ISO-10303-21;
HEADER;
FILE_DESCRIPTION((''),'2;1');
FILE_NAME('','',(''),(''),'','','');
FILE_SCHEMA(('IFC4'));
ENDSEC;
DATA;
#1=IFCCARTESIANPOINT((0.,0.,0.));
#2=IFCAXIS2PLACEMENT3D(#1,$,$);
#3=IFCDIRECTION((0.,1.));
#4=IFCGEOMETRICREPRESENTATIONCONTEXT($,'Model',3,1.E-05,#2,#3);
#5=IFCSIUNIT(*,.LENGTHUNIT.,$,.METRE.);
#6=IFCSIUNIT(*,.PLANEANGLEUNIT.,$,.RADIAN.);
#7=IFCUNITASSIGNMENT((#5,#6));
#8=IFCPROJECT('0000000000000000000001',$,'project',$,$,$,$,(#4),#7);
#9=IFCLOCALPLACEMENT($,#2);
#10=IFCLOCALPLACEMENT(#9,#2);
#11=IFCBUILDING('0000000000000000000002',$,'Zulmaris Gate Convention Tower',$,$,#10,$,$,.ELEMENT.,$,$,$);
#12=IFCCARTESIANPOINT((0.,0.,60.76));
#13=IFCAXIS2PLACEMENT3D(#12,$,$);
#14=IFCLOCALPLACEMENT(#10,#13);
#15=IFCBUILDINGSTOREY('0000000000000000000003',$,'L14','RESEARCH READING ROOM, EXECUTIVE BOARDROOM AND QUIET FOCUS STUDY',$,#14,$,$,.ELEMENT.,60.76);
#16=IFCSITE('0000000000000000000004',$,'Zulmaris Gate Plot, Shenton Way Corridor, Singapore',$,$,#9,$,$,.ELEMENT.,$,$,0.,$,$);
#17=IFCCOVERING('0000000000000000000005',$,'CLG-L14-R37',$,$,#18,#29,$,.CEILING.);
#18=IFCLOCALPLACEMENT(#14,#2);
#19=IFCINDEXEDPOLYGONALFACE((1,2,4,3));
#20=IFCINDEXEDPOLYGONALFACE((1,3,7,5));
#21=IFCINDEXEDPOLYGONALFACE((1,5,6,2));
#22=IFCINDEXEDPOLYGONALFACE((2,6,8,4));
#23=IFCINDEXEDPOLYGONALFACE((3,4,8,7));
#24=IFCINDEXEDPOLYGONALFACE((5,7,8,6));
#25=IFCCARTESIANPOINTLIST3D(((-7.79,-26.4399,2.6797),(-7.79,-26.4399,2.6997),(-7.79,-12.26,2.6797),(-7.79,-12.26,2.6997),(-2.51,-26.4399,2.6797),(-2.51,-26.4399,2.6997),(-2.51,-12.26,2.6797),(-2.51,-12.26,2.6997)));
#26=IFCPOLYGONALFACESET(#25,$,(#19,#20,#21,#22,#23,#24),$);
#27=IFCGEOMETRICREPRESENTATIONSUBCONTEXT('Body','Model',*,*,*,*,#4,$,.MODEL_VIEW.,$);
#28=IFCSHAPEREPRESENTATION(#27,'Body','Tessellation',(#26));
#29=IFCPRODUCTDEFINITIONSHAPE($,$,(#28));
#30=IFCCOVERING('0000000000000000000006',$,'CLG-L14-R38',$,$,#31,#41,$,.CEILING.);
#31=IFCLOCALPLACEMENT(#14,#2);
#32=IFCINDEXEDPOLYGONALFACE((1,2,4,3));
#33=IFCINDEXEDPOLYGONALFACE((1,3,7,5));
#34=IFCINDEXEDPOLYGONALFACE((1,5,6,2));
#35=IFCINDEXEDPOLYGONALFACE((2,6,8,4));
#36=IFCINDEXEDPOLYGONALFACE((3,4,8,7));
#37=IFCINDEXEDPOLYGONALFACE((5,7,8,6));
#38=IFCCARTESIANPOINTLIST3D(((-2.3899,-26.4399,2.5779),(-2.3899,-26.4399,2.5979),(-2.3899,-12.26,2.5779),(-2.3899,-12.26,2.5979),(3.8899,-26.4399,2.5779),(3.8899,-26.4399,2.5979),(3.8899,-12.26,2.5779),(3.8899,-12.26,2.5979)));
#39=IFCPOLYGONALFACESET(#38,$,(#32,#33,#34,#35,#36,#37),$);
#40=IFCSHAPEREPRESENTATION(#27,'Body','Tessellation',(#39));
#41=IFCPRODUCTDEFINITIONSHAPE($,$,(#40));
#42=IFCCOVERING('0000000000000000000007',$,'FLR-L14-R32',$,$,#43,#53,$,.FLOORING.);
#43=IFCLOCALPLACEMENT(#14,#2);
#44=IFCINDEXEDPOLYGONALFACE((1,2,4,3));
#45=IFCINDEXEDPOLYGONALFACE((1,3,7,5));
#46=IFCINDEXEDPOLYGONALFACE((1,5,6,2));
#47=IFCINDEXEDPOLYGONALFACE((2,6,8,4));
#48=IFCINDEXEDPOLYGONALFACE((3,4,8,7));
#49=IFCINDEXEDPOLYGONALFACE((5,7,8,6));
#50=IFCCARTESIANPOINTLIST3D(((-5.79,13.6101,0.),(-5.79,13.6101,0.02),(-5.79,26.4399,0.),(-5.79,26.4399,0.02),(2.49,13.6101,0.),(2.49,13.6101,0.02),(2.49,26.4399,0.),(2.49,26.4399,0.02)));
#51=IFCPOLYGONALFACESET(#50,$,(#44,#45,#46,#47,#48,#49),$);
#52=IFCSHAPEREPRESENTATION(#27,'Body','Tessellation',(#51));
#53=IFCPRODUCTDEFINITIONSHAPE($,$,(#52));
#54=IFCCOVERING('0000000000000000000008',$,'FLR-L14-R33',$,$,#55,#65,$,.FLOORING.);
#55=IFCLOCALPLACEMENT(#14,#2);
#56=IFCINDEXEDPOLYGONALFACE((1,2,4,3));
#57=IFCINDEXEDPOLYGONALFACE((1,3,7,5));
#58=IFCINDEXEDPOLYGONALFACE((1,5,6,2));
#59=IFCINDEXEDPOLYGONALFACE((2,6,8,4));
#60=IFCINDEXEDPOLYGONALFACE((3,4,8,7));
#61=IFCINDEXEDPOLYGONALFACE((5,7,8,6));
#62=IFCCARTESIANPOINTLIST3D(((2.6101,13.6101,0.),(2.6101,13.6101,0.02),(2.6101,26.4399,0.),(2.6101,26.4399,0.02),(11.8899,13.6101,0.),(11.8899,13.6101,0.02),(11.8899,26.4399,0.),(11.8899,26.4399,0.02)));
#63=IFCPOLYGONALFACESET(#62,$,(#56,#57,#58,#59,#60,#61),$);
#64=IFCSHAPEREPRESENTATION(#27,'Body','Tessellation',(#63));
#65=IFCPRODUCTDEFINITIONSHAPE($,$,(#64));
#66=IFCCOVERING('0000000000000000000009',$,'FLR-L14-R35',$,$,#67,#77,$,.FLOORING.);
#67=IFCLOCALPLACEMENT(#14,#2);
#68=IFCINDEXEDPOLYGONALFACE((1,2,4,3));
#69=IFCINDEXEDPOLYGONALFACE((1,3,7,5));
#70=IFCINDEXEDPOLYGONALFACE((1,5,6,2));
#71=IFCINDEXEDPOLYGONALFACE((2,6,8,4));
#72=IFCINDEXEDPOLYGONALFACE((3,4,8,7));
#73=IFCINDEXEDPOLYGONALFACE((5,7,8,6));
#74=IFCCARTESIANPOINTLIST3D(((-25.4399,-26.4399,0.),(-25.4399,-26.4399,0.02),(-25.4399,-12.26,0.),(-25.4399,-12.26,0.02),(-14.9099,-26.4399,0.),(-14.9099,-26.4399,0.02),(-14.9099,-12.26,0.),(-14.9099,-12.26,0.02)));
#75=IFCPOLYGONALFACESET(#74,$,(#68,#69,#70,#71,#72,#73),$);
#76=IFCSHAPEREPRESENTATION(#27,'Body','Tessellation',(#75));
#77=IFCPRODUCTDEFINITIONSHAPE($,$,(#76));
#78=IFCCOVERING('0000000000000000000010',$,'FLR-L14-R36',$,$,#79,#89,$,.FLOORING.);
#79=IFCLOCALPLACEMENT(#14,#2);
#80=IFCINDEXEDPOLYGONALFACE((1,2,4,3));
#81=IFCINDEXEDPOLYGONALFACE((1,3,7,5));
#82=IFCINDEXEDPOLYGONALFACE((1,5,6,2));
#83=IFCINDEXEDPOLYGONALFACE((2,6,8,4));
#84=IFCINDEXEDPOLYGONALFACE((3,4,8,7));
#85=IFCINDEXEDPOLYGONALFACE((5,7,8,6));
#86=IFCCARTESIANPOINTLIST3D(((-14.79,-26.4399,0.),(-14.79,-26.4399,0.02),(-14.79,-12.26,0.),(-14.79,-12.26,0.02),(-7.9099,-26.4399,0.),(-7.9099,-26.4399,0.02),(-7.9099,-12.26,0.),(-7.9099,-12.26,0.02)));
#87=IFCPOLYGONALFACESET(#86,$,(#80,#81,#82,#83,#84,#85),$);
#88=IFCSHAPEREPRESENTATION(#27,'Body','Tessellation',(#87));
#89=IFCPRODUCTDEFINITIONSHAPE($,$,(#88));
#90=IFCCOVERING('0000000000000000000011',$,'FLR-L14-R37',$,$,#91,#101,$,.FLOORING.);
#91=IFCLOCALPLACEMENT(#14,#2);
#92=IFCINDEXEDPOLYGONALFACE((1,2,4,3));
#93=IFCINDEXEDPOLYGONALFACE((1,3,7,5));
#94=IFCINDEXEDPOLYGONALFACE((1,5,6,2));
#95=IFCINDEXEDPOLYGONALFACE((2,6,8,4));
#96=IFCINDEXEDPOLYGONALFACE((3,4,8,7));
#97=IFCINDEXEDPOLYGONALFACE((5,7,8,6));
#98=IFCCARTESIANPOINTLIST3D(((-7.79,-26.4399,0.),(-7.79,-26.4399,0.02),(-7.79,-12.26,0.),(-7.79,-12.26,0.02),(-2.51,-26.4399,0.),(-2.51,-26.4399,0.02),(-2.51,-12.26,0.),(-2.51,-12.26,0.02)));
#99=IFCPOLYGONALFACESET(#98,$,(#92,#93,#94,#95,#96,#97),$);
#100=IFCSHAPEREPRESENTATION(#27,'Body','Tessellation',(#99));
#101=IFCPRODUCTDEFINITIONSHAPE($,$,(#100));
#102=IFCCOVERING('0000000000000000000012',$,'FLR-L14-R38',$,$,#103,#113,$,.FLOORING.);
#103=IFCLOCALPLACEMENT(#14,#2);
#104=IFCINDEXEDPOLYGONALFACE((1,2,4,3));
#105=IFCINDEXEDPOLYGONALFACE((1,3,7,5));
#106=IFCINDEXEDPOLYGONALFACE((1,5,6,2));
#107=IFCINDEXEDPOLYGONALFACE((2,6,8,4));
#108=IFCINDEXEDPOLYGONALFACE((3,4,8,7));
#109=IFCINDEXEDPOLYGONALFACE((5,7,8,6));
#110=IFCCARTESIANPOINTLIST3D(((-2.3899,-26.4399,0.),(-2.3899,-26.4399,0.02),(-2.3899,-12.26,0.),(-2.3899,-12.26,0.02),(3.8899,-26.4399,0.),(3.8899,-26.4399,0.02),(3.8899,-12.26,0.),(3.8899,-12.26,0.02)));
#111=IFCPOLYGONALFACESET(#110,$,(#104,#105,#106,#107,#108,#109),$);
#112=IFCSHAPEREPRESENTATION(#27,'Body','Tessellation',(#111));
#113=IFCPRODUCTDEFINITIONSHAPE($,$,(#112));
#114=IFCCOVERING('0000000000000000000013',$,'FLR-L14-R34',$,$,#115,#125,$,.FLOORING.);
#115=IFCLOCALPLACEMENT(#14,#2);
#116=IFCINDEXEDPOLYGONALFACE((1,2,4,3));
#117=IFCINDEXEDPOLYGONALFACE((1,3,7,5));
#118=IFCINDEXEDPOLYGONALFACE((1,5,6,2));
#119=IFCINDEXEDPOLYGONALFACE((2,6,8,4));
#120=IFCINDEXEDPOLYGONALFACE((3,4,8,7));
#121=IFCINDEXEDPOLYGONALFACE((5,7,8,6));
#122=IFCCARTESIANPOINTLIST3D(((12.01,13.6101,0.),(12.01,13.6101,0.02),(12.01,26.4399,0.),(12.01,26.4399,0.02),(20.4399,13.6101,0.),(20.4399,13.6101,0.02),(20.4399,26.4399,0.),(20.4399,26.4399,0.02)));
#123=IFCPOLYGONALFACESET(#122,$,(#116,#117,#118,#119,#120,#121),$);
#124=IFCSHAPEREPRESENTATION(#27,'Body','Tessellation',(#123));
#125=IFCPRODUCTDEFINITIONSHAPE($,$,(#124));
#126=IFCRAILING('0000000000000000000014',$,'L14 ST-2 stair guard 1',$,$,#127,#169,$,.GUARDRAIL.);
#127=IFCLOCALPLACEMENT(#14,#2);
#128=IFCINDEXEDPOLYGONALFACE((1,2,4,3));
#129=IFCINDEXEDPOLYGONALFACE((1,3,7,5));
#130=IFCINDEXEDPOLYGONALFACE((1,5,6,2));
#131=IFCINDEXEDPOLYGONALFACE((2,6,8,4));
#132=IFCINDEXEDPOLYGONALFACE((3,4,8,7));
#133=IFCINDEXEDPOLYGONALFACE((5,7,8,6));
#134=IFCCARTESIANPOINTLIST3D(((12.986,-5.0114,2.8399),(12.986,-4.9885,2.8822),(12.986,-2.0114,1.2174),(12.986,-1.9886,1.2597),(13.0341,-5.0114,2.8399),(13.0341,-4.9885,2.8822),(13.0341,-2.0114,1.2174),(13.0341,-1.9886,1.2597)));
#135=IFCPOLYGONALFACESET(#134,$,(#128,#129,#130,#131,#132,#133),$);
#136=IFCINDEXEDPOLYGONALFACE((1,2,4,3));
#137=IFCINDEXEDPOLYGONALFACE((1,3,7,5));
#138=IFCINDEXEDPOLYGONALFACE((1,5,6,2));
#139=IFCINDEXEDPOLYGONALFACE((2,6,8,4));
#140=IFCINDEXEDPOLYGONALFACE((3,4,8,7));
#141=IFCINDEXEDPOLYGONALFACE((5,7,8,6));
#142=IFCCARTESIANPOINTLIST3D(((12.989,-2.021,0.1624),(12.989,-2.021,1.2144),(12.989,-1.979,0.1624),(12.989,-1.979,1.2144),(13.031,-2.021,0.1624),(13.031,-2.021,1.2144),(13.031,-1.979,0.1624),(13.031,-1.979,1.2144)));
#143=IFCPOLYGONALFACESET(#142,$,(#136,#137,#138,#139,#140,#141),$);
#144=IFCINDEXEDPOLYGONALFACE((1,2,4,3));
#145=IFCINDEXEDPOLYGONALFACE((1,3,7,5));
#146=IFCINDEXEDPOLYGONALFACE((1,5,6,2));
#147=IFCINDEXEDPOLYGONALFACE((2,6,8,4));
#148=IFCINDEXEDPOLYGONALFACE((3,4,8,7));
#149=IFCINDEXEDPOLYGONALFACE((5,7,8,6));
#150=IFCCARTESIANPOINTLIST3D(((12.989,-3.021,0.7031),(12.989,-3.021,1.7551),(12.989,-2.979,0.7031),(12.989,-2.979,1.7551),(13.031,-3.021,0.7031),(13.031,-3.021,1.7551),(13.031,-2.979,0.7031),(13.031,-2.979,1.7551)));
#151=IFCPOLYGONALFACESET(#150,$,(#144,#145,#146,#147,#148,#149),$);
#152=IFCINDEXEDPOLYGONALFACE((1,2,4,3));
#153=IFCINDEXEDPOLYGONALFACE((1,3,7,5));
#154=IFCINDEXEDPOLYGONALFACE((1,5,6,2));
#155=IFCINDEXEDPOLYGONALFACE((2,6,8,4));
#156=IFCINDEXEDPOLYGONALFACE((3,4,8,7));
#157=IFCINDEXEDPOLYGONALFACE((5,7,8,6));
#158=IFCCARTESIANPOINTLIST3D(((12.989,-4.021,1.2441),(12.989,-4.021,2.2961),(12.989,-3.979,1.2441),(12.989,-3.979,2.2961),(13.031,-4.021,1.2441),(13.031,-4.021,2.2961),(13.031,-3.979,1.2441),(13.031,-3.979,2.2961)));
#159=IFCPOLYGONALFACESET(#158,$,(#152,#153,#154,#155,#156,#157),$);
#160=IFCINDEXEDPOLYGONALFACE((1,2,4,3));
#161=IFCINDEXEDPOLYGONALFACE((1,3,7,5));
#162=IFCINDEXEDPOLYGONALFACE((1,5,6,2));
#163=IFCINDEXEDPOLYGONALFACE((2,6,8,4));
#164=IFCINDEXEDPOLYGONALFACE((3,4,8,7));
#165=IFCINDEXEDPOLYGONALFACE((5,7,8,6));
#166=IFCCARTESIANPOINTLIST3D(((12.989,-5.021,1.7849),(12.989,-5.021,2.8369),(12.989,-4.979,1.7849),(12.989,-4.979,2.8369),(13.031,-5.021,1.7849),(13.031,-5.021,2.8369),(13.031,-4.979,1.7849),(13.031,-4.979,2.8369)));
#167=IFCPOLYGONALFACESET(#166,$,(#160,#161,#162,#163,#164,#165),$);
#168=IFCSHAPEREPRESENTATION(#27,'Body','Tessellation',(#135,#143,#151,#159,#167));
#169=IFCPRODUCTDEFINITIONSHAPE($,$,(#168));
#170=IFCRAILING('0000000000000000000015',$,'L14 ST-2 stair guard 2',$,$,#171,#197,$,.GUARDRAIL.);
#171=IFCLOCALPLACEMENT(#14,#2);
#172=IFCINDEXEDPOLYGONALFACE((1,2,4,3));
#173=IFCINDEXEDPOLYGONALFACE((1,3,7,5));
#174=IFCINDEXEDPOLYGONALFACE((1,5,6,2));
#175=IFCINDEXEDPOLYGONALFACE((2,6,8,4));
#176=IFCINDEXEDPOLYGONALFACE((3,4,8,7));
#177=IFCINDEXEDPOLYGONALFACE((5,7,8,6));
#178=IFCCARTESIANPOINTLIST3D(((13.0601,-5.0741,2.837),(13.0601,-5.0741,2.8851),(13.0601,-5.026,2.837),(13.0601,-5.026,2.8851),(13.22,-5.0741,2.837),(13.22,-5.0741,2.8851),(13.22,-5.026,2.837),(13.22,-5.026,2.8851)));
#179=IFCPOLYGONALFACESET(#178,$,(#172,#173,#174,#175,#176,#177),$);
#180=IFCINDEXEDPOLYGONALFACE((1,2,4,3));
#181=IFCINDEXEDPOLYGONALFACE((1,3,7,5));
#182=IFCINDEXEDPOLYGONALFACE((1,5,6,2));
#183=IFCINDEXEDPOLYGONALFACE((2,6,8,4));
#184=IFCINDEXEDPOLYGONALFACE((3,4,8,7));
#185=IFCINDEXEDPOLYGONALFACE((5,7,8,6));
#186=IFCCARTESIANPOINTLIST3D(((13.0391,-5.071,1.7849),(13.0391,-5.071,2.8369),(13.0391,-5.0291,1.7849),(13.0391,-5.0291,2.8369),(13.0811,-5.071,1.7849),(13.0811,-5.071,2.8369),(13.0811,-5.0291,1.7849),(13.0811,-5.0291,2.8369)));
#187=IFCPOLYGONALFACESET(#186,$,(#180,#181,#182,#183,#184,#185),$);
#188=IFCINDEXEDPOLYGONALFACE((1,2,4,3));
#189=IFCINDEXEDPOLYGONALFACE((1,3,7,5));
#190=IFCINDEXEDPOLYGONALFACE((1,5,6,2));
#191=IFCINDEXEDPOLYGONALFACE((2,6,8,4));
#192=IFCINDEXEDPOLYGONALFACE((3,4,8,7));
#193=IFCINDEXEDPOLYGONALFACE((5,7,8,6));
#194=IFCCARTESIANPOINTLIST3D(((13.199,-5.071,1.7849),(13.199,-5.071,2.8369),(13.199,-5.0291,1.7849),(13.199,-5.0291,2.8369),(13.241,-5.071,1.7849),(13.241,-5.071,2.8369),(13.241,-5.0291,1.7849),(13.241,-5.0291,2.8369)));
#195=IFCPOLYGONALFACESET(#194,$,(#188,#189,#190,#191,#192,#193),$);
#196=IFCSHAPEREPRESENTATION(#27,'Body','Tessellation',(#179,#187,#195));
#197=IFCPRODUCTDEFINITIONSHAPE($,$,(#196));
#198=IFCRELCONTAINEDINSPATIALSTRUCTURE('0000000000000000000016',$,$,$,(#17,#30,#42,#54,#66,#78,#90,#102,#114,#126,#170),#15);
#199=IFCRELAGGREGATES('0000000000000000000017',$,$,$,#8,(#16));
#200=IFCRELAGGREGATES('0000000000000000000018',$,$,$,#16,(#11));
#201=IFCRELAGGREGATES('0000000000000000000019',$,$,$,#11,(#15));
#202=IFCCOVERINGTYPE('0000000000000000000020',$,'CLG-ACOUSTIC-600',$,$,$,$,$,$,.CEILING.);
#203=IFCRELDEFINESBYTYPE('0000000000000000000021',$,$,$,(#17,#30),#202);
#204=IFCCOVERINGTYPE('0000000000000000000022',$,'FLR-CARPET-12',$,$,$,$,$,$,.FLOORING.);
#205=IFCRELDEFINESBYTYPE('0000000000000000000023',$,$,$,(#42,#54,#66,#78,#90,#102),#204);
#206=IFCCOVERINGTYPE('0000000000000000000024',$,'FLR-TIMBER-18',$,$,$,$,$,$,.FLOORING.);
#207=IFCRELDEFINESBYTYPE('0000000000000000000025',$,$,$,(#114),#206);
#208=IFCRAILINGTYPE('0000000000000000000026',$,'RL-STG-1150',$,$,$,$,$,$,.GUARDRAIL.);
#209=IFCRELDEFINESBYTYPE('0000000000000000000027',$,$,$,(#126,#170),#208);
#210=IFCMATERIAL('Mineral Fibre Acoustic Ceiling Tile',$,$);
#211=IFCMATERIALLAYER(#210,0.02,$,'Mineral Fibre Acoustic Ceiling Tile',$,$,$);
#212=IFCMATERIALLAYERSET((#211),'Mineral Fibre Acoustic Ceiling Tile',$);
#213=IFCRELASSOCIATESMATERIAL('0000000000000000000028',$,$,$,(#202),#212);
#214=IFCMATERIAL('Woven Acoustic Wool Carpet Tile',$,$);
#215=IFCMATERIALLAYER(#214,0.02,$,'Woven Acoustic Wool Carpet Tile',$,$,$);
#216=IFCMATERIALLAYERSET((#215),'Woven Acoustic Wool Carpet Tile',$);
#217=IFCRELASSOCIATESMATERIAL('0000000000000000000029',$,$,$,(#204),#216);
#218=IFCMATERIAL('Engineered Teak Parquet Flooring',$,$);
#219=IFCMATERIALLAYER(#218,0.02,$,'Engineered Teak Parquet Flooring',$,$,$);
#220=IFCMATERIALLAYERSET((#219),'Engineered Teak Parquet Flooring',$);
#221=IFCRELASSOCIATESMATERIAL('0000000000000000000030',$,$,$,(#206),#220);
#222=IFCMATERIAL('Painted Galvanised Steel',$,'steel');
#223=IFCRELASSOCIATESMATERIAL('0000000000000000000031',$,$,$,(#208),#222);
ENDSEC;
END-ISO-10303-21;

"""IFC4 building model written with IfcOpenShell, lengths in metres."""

from ifc_helpers import new_model, si_unit, direction, frame, origin, origin_2d, place, context, subcontext, project, spatial, polyline, rectangle, outline, extrude, material, layer, layer_set, type_object, element, save


model = new_model("IFC4")

# Units and contexts
model_context = context("Model", 3, precision=1e-05, world=origin(), true_north=direction((0.0, 1.0)))
body_context = subcontext(model_context, "Body", "Model", "MODEL_VIEW")
ifc_project = project(units=[si_unit("LENGTHUNIT", "METRE"), si_unit("PLANEANGLEUNIT", "RADIAN")], contexts=[model_context])

# Site, building, storey
site_placement = place(None, origin())
site = spatial("IfcSite", under=ifc_project, at=site_placement, Name="Zulmaris Gate Plot, Shenton Way Corridor, Singapore", CompositionType="ELEMENT", RefElevation=0.0)
building_placement = place(site_placement, origin())
building = spatial("IfcBuilding", under=site, at=building_placement, Name="Zulmaris Gate Convention Tower", CompositionType="ELEMENT")
storey_placement = place(building_placement, frame((0.0, 0.0, 60.76)))
storey = spatial("IfcBuildingStorey", under=building, at=storey_placement, Name="L14", Description="RESEARCH READING ROOM, EXECUTIVE BOARDROOM AND QUIET FOCUS STUDY", CompositionType="ELEMENT", Elevation=60.76)

# Coverings
ifc_material_1 = material(Name="Mineral Fibre Acoustic Ceiling Tile")
ifc_layer_1 = layer(ifc_material_1, 0.02, Name="Mineral Fibre Acoustic Ceiling Tile")
ifc_layer_set_1 = layer_set([ifc_layer_1], Name="Mineral Fibre Acoustic Ceiling Tile")
covering_type_1 = type_object("IfcCoveringType", Name="CLG-ACOUSTIC-600", PredefinedType="CEILING", material=ifc_layer_set_1)
covering_1_placement = place(storey_placement, frame((0.0, 0.0, 2.6797)))
element("IfcCovering", 1, at=covering_1_placement, inside=storey, type_object=covering_type_1, Name="CLG-L14-R37", PredefinedType="CEILING", context=body_context, shape_type="SweptSolid", body=[
    extrude(outline(polyline([(-7.79, -26.4399), (-2.51, -26.4399), (-2.51, -12.26), (-7.79, -12.26), (-7.79, -26.4399)])), origin(), (0.0, 0.0, 1.0), 0.02),
])
covering_2_placement = place(storey_placement, frame((0.0, 0.0, 2.5779)))
element("IfcCovering", 2, at=covering_2_placement, inside=storey, type_object=covering_type_1, Name="CLG-L14-R38", PredefinedType="CEILING", context=body_context, shape_type="SweptSolid", body=[
    extrude(outline(polyline([(-2.3899, -26.4399), (3.8899, -26.4399), (3.8899, -12.26), (-2.3899, -12.26), (-2.3899, -26.4399)])), origin(), (0.0, 0.0, 1.0), 0.02),
])
ifc_material_2 = material(Name="Woven Acoustic Wool Carpet Tile")
ifc_layer_2 = layer(ifc_material_2, 0.02, Name="Woven Acoustic Wool Carpet Tile")
ifc_layer_set_2 = layer_set([ifc_layer_2], Name="Woven Acoustic Wool Carpet Tile")
covering_type_2 = type_object("IfcCoveringType", Name="FLR-CARPET-12", PredefinedType="FLOORING", material=ifc_layer_set_2)
covering_3_placement = place(storey_placement, origin())
element("IfcCovering", 3, at=covering_3_placement, inside=storey, type_object=covering_type_2, Name="FLR-L14-R32", PredefinedType="FLOORING", context=body_context, shape_type="SweptSolid", body=[
    extrude(outline(polyline([(-5.79, 13.6101), (2.49, 13.6101), (2.49, 26.4399), (-5.79, 26.4399), (-5.79, 13.6101)])), origin(), (0.0, 0.0, 1.0), 0.02),
])
covering_4_placement = place(storey_placement, origin())
element("IfcCovering", 4, at=covering_4_placement, inside=storey, type_object=covering_type_2, Name="FLR-L14-R33", PredefinedType="FLOORING", context=body_context, shape_type="SweptSolid", body=[
    extrude(outline(polyline([(2.6101, 13.6101), (11.8899, 13.6101), (11.8899, 26.4399), (2.6101, 26.4399), (2.6101, 13.6101)])), origin(), (0.0, 0.0, 1.0), 0.02),
])
covering_5_placement = place(storey_placement, origin())
element("IfcCovering", 5, at=covering_5_placement, inside=storey, type_object=covering_type_2, Name="FLR-L14-R35", PredefinedType="FLOORING", context=body_context, shape_type="SweptSolid", body=[
    extrude(outline(polyline([(-25.4399, -26.4399), (-14.9099, -26.4399), (-14.9099, -12.26), (-25.4399, -12.26), (-25.4399, -26.4399)])), origin(), (0.0, 0.0, 1.0), 0.02),
])
covering_6_placement = place(storey_placement, origin())
element("IfcCovering", 6, at=covering_6_placement, inside=storey, type_object=covering_type_2, Name="FLR-L14-R36", PredefinedType="FLOORING", context=body_context, shape_type="SweptSolid", body=[
    extrude(outline(polyline([(-14.79, -26.4399), (-7.9099, -26.4399), (-7.9099, -12.26), (-14.79, -12.26), (-14.79, -26.4399)])), origin(), (0.0, 0.0, 1.0), 0.02),
])
covering_7_placement = place(storey_placement, origin())
element("IfcCovering", 7, at=covering_7_placement, inside=storey, type_object=covering_type_2, Name="FLR-L14-R37", PredefinedType="FLOORING", context=body_context, shape_type="SweptSolid", body=[
    extrude(outline(polyline([(-7.79, -26.4399), (-2.51, -26.4399), (-2.51, -12.26), (-7.79, -12.26), (-7.79, -26.4399)])), origin(), (0.0, 0.0, 1.0), 0.02),
])
covering_8_placement = place(storey_placement, origin())
element("IfcCovering", 8, at=covering_8_placement, inside=storey, type_object=covering_type_2, Name="FLR-L14-R38", PredefinedType="FLOORING", context=body_context, shape_type="SweptSolid", body=[
    extrude(outline(polyline([(-2.3899, -26.4399), (3.8899, -26.4399), (3.8899, -12.26), (-2.3899, -12.26), (-2.3899, -26.4399)])), origin(), (0.0, 0.0, 1.0), 0.02),
])
ifc_material_3 = material(Name="Engineered Teak Parquet Flooring")
ifc_layer_3 = layer(ifc_material_3, 0.02, Name="Engineered Teak Parquet Flooring")
ifc_layer_set_3 = layer_set([ifc_layer_3], Name="Engineered Teak Parquet Flooring")
covering_type_3 = type_object("IfcCoveringType", Name="FLR-TIMBER-18", PredefinedType="FLOORING", material=ifc_layer_set_3)
covering_9_placement = place(storey_placement, origin())
element("IfcCovering", 9, at=covering_9_placement, inside=storey, type_object=covering_type_3, Name="FLR-L14-R34", PredefinedType="FLOORING", context=body_context, shape_type="SweptSolid", body=[
    extrude(outline(polyline([(12.01, 13.6101), (20.4399, 13.6101), (20.4399, 26.4399), (12.01, 26.4399), (12.01, 13.6101)])), origin(), (0.0, 0.0, 1.0), 0.02),
])

# Railings
ifc_material_4 = material(Name="Painted Galvanised Steel", Category="steel")
railing_type_1 = type_object("IfcRailingType", Name="RL-STG-1150", PredefinedType="GUARDRAIL", material=ifc_material_4)
railing_1_placement = place(storey_placement, frame((13.01, -2.0, 0.1624)))
element("IfcRailing", 10, at=railing_1_placement, inside=storey, type_object=railing_type_1, Name="L14 ST-2 stair guard 1", PredefinedType="GUARDRAIL", context=body_context, shape_type="SweptSolid", body=[
    extrude(rectangle(XDim=0.0481, YDim=0.0481, at=origin_2d()), frame((0.0, 0.0, 1.0762), z_axis=(0.0, -0.879592, 0.47573), x_axis=(1.0, 0.0, 0.0)), (0.0, 0.0, 1.0), 3.4106),
    extrude(rectangle(XDim=0.042, YDim=0.042, at=origin_2d()), origin(), (0.0, 0.0, 1.0), 1.052),
    extrude(rectangle(XDim=0.042, YDim=0.042, at=origin_2d()), frame((0.0, -1.0, 0.5408)), (0.0, 0.0, 1.0), 1.052),
    extrude(rectangle(XDim=0.042, YDim=0.042, at=origin_2d()), frame((0.0, -2.0, 1.0818)), (0.0, 0.0, 1.0), 1.052),
    extrude(rectangle(XDim=0.042, YDim=0.042, at=origin_2d()), frame((0.0, -3.0, 1.6226)), (0.0, 0.0, 1.0), 1.052),
])
railing_2_placement = place(storey_placement, frame((13.0601, -5.05, 1.7849)))
element("IfcRailing", 11, at=railing_2_placement, inside=storey, type_object=railing_type_1, Name="L14 ST-2 stair guard 2", PredefinedType="GUARDRAIL", context=body_context, shape_type="SweptSolid", body=[
    extrude(rectangle(XDim=0.0481, YDim=0.0481, at=origin_2d()), frame((0.0, 0.0, 1.0762), z_axis=(1.0, 0.0, 0.0), x_axis=(0.0, 1.0, 0.0)), (0.0, 0.0, 1.0), 0.1599),
    extrude(rectangle(XDim=0.042, YDim=0.042, at=origin_2d()), origin(), (0.0, 0.0, 1.0), 1.052),
    extrude(rectangle(XDim=0.042, YDim=0.042, at=origin_2d()), frame((0.1599, 0.0, 0.0)), (0.0, 0.0, 1.0), 1.052),
])

save(model, "model.ifc")
